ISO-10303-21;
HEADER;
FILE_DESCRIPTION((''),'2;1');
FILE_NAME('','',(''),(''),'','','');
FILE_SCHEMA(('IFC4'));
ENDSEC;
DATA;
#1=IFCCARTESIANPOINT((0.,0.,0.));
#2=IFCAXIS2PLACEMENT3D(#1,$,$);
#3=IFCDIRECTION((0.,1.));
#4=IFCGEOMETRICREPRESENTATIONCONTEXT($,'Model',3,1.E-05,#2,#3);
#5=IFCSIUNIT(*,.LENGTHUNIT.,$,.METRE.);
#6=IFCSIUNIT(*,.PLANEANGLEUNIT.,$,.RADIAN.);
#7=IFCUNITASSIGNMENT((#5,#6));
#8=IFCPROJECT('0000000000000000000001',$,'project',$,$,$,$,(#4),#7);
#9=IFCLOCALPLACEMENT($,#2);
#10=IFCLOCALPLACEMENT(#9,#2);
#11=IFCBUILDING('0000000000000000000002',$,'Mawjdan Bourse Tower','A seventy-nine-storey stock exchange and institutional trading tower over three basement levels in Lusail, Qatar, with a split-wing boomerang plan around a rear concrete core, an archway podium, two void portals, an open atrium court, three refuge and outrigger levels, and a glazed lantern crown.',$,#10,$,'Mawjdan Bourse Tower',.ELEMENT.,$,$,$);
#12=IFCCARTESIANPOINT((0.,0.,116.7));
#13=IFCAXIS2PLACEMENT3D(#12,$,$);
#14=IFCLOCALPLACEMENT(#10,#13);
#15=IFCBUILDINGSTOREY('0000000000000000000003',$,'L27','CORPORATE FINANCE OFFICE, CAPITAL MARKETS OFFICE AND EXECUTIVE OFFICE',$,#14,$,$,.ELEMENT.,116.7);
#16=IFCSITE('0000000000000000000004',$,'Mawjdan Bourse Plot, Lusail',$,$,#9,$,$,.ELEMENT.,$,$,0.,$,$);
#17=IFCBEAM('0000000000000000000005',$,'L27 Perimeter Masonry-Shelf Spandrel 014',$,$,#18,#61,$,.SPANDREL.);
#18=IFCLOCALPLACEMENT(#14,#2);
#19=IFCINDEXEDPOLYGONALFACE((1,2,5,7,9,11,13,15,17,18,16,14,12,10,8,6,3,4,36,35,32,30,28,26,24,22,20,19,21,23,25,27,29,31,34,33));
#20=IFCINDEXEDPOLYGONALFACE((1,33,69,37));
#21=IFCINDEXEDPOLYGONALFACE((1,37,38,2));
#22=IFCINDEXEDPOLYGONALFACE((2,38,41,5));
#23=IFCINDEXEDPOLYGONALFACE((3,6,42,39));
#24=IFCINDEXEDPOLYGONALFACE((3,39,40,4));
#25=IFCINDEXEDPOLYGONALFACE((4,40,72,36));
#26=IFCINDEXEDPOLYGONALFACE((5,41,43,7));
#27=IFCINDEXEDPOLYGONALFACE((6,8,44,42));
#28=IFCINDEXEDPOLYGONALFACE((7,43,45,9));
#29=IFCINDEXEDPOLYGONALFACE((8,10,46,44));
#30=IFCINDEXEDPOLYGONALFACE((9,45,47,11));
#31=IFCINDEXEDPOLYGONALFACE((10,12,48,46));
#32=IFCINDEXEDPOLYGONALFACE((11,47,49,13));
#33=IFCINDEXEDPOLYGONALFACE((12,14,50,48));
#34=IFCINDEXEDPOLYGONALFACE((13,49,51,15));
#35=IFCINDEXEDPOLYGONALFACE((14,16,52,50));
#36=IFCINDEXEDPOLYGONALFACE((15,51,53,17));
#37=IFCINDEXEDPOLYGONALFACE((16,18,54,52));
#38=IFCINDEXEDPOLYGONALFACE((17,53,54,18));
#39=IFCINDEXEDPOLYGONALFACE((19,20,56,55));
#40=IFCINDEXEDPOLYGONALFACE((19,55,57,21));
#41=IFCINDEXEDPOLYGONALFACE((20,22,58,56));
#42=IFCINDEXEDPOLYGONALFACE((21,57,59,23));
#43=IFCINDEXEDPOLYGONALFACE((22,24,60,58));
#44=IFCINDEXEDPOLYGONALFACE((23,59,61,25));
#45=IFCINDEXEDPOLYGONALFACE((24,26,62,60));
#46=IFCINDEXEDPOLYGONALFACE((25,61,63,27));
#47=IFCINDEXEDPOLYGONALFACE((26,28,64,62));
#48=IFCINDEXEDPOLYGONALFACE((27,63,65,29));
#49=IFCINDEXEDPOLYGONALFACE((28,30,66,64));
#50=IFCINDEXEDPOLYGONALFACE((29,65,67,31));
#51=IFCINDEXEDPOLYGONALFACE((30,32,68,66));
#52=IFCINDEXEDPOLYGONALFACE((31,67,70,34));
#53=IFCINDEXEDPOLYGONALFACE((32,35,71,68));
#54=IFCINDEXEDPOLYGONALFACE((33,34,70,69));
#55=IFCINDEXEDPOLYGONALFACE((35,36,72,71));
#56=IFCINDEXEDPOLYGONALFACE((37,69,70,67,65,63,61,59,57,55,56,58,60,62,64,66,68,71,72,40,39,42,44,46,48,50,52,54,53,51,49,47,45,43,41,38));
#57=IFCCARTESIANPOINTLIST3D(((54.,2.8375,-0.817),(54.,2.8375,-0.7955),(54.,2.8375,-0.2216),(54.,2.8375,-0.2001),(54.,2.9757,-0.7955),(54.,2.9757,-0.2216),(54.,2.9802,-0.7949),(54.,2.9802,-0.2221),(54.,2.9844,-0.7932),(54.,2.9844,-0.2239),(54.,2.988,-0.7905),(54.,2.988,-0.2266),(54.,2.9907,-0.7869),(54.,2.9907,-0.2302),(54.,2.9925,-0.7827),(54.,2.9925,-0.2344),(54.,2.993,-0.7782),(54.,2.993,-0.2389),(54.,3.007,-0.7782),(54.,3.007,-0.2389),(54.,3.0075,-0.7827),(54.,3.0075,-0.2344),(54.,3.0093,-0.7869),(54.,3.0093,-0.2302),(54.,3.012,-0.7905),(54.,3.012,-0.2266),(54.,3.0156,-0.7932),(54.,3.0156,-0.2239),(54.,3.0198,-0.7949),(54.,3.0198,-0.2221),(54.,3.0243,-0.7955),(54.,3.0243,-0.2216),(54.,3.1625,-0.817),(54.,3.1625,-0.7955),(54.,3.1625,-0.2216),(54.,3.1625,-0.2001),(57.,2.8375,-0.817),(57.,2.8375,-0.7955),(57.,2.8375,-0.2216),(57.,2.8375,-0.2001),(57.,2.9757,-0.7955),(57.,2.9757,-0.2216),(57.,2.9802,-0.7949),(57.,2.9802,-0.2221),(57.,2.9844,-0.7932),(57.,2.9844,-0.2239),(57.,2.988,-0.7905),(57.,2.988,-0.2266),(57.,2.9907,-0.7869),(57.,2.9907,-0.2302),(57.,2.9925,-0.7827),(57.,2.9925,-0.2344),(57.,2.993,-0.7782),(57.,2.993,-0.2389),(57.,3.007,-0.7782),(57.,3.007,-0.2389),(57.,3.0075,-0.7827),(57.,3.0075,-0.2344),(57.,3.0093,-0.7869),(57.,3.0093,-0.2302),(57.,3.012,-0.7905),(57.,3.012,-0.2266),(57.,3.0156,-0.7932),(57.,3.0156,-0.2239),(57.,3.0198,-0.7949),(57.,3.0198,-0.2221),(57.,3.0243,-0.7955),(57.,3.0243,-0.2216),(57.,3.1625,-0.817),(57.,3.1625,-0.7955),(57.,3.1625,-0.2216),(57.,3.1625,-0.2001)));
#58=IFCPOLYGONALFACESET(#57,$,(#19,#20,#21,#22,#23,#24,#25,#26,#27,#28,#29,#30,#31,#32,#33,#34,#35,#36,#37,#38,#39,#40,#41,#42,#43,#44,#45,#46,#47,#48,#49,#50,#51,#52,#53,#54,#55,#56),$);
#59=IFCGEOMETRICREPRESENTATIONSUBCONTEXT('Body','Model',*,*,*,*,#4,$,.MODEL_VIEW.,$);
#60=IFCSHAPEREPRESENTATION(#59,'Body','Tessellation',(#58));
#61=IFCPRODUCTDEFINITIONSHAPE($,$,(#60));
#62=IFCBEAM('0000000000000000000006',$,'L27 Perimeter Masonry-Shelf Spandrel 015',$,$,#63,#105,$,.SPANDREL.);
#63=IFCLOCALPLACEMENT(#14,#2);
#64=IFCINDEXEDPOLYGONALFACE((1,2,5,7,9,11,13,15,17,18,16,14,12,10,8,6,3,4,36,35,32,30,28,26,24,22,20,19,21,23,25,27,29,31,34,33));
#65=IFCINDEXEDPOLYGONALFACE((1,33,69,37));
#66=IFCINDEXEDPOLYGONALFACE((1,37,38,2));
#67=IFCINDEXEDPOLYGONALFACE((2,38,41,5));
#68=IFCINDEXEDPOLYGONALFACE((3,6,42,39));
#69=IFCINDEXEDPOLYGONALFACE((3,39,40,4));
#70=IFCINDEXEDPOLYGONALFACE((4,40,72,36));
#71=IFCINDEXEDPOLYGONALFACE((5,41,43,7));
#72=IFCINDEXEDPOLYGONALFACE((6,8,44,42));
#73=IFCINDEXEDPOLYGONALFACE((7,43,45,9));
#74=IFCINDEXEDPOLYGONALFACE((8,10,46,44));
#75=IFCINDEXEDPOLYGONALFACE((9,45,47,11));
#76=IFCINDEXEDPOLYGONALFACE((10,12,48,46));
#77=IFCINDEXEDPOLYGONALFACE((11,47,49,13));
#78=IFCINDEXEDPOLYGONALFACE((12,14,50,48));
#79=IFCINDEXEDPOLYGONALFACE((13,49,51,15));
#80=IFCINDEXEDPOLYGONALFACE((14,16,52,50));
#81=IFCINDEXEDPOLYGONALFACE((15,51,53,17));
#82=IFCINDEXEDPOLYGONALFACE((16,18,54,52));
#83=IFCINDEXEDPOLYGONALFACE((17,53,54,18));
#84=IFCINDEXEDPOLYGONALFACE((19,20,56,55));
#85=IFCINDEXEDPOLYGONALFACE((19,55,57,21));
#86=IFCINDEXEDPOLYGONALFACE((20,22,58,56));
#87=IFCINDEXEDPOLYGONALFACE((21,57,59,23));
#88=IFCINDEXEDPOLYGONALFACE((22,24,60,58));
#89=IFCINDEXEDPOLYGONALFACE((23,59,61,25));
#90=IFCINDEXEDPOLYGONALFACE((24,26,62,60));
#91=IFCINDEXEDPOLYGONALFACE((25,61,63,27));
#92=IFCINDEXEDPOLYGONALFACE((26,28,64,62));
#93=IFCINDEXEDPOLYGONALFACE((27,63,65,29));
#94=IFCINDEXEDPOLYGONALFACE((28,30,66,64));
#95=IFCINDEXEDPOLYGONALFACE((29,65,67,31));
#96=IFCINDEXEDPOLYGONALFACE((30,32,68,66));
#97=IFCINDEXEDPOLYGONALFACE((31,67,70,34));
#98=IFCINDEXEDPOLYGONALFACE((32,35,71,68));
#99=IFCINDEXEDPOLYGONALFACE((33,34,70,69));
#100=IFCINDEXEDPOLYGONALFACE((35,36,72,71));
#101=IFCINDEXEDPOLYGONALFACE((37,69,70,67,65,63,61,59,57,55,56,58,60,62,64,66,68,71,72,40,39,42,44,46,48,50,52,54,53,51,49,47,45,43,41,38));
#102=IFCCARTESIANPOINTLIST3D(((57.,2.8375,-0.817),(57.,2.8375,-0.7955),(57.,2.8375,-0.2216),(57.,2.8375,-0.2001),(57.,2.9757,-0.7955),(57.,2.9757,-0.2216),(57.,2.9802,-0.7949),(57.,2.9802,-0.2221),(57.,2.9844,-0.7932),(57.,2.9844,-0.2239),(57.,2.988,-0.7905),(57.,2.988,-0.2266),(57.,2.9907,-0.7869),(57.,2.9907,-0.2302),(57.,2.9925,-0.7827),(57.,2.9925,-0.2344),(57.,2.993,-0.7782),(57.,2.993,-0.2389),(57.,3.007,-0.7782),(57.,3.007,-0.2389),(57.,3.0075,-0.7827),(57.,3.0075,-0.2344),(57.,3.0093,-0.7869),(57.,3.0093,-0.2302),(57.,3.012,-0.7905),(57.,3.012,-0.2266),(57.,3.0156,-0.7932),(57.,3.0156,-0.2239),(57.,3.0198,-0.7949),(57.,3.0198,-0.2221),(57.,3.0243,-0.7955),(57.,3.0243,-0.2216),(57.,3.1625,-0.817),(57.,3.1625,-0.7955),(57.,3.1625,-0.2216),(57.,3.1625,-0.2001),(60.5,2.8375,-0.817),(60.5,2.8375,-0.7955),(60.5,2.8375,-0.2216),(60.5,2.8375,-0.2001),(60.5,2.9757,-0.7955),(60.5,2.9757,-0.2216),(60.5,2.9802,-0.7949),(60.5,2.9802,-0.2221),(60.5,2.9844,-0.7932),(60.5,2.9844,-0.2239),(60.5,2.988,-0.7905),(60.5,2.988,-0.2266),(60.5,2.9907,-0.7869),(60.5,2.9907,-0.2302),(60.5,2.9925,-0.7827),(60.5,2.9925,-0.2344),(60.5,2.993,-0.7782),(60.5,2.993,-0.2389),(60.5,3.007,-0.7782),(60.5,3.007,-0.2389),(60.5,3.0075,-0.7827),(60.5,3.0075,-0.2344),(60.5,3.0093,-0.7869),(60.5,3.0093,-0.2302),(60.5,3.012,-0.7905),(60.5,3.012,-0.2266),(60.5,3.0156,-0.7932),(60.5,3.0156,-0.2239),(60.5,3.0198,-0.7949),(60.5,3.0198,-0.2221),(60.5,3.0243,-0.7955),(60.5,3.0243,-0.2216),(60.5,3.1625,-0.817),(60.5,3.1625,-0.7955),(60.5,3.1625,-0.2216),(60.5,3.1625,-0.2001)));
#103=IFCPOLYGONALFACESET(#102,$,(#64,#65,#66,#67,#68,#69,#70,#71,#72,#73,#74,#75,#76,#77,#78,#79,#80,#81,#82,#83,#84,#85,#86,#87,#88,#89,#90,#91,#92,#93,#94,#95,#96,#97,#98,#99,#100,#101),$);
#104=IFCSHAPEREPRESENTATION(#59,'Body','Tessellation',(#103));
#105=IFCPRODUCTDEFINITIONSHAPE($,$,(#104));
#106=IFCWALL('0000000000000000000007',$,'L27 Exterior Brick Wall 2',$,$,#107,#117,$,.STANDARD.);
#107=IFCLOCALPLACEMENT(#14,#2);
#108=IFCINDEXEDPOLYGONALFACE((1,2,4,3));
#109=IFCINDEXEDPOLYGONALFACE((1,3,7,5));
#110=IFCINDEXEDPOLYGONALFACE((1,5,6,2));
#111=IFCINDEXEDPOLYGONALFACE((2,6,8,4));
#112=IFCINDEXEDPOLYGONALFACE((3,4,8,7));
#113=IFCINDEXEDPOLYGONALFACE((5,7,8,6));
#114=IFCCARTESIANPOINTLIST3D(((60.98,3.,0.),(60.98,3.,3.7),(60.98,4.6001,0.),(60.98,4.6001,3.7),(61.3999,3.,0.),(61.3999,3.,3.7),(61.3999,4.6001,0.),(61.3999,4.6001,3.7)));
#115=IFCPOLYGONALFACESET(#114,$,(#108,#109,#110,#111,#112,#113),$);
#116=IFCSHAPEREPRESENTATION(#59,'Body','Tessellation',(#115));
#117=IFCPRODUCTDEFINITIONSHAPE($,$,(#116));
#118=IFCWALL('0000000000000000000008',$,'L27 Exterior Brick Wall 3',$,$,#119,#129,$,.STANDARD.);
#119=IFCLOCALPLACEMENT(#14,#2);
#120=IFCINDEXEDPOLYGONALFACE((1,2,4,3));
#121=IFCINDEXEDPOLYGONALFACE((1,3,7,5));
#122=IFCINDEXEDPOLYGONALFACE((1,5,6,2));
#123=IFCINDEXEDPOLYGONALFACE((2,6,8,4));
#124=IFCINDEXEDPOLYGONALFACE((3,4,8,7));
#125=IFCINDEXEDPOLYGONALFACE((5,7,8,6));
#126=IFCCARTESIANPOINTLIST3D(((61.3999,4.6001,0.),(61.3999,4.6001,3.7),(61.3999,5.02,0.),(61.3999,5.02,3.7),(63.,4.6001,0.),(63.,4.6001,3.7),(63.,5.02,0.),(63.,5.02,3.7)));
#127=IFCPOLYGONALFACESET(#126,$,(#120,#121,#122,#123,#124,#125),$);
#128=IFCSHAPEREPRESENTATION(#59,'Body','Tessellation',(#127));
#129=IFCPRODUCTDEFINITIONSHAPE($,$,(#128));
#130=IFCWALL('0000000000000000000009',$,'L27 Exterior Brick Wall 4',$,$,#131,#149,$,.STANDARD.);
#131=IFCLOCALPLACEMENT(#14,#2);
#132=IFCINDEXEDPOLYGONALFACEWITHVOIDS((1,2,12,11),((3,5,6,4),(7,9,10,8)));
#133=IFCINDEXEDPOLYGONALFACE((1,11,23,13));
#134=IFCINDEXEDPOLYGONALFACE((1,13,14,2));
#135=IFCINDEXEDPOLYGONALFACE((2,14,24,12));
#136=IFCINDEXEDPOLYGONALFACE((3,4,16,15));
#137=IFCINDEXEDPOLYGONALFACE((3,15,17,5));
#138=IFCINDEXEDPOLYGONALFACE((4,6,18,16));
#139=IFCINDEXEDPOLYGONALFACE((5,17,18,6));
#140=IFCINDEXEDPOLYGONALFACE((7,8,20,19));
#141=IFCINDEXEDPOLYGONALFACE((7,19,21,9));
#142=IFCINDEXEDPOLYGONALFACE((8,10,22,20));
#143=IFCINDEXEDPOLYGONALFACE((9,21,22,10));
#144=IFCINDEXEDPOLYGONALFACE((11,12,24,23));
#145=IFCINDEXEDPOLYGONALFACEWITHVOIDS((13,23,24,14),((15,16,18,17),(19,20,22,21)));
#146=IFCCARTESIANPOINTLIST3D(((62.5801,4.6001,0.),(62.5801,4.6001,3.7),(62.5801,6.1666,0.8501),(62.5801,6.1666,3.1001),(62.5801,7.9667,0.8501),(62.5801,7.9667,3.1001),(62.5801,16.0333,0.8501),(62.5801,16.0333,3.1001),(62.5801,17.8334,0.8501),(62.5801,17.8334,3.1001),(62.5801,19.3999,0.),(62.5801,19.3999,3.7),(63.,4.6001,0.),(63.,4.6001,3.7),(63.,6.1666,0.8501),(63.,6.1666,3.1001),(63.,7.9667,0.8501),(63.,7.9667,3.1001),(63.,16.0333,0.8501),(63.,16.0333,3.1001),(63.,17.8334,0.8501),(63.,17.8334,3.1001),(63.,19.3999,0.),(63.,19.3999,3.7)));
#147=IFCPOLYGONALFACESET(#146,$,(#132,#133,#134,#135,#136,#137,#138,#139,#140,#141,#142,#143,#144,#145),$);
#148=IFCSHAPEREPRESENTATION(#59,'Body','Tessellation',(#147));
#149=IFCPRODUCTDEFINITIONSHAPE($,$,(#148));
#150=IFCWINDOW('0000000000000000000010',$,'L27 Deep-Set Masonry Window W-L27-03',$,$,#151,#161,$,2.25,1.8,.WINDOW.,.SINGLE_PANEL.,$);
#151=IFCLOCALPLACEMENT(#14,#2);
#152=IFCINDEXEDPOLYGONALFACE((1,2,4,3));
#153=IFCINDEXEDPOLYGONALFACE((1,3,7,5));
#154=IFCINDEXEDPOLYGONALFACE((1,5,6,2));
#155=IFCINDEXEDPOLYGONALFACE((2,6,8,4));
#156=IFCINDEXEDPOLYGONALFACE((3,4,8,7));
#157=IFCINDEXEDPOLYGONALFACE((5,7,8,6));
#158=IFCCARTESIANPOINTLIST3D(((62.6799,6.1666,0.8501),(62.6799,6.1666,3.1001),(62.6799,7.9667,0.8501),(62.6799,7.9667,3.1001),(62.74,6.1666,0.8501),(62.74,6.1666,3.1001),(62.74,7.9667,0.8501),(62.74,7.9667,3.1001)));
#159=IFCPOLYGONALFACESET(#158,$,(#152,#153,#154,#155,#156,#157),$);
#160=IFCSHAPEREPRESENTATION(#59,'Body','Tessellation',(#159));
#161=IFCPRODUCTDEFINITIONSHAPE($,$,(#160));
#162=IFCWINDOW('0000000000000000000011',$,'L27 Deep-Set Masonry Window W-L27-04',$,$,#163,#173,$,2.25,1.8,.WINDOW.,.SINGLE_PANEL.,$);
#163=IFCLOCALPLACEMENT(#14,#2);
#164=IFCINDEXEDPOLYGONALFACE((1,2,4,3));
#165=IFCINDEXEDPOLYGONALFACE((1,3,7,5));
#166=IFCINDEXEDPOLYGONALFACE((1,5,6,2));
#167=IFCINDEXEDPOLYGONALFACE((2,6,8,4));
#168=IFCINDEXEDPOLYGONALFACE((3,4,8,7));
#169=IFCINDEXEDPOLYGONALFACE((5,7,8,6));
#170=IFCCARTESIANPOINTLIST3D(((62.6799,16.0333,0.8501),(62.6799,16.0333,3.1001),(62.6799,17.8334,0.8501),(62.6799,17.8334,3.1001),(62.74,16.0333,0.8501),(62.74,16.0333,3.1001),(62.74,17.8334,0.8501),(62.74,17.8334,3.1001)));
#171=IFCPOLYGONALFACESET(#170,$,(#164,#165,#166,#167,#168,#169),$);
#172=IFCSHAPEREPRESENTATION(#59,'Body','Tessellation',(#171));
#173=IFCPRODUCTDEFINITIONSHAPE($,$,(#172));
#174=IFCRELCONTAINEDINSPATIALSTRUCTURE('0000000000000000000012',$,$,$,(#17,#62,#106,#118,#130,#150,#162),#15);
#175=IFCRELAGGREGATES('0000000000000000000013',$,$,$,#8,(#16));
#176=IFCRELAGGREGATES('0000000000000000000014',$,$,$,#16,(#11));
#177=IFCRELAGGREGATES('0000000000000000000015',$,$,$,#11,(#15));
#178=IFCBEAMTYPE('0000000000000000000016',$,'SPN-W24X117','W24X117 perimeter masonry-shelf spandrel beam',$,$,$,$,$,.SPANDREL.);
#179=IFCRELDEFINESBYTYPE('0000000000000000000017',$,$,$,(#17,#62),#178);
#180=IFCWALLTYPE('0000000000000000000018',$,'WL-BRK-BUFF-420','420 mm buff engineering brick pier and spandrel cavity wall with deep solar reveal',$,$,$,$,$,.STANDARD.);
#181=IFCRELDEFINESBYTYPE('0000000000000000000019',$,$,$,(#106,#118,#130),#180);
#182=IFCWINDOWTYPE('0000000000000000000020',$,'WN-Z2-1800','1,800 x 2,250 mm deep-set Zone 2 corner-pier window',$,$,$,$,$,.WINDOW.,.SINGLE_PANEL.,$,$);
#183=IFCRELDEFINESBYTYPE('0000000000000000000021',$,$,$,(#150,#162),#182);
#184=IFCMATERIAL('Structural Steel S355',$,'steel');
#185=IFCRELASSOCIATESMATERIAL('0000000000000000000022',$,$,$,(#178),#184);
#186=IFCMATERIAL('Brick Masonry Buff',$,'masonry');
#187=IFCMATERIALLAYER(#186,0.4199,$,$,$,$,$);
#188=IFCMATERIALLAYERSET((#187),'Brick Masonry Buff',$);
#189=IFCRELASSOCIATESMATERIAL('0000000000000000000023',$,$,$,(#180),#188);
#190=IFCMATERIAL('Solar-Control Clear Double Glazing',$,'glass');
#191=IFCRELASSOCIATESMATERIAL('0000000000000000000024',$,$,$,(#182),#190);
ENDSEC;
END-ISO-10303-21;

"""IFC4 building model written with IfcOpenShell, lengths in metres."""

from ifc_helpers import new_model, si_unit, direction, frame, frame_2d, origin, origin_2d, place, context, subcontext, project, spatial, rectangle, i_section, extrude, material, layer, layer_set, material_profile, profile_set, type_object, element, fill, save


model = new_model("IFC4")

# Units and contexts
model_context = context("Model", 3, precision=1e-05, world=origin(), true_north=direction((0.0, 1.0)))
body_context = subcontext(model_context, "Body", "Model", "MODEL_VIEW")
ifc_project = project(units=[si_unit("LENGTHUNIT", "METRE"), si_unit("PLANEANGLEUNIT", "RADIAN")], contexts=[model_context])

# Site, building, storey
site_placement = place(None, origin())
site = spatial("IfcSite", under=ifc_project, at=site_placement, Name="Mawjdan Bourse Plot, Lusail", CompositionType="ELEMENT", RefElevation=0.0)
building_placement = place(site_placement, origin())
building = spatial("IfcBuilding", under=site, at=building_placement, Name="Mawjdan Bourse Tower", Description="A seventy-nine-storey stock exchange and institutional trading tower over three basement levels in Lusail, Qatar, with a split-wing boomerang plan around a rear concrete core, an archway podium, two void portals, an open atrium court, three refuge and outrigger levels, and a glazed lantern crown.", LongName="Mawjdan Bourse Tower", CompositionType="ELEMENT")
storey_placement = place(building_placement, frame((0.0, 0.0, 116.7)))
storey = spatial("IfcBuildingStorey", under=building, at=storey_placement, Name="L27", Description="CORPORATE FINANCE OFFICE, CAPITAL MARKETS OFFICE AND EXECUTIVE OFFICE", CompositionType="ELEMENT", Elevation=116.7)

# Beams
ifc_material_1 = material(Name="Structural Steel S355", Category="steel")
ifc_material_profile_1 = material_profile(ifc_material_1, i_section(OverallWidth=0.325, OverallDepth=0.6169, WebThickness=0.0139, FlangeThickness=0.0215, FilletRadius=0.0173, at=origin_2d()), Name="W24X117")
ifc_profile_set_1 = profile_set([ifc_material_profile_1], Name="Structural Steel S355")
beam_type_1 = type_object("IfcBeamType", Name="SPN-W24X117", Description="W24X117 perimeter masonry-shelf spandrel beam", PredefinedType="SPANDREL", material=ifc_profile_set_1)
for number, where, z_axis, x_axis, name in (
    (1, (54.0, 3.0, -0.5085), (1.0, 0.0, 0.0), (0.0, 1.0, 0.0), "L27 Perimeter Masonry-Shelf Spandrel 014"),
):
    element("IfcBeam", number, at=place(storey_placement, frame(where, z_axis=z_axis, x_axis=x_axis)), inside=storey, type_object=beam_type_1, Name=name, PredefinedType="SPANDREL", context=body_context, shape_type="SweptSolid", body=[
        extrude(i_section(OverallWidth=0.325, OverallDepth=0.6169, WebThickness=0.0139, FlangeThickness=0.0215, FilletRadius=0.0173, at=origin_2d()), origin(), (0.0, 0.0, 1.0), 3.0),
    ])
beam_1_placement = place(storey_placement, frame((57.0, 3.0, -0.5085), z_axis=(1.0, 0.0, 0.0), x_axis=(0.0, 1.0, 0.0)))
element("IfcBeam", 2, at=beam_1_placement, inside=storey, type_object=beam_type_1, Name="L27 Perimeter Masonry-Shelf Spandrel 015", PredefinedType="SPANDREL", context=body_context, shape_type="SweptSolid", body=[
    extrude(i_section(OverallWidth=0.325, OverallDepth=0.6169, WebThickness=0.0139, FlangeThickness=0.0215, FilletRadius=0.0173, at=origin_2d()), origin(), (0.0, 0.0, 1.0), 3.5),
])

# Walls
ifc_material_2 = material(Name="Brick Masonry Buff", Category="masonry")
ifc_layer_1 = layer(ifc_material_2, 0.4199)
ifc_layer_set_1 = layer_set([ifc_layer_1], Name="Brick Masonry Buff")
wall_type_1 = type_object("IfcWallType", Name="WL-BRK-BUFF-420", Description="420 mm buff engineering brick pier and spandrel cavity wall with deep solar reveal", PredefinedType="STANDARD", material=ifc_layer_set_1)
for number, where, z_axis, x_axis, name in (
    (3, (61.1899, 3.0, 0.0), (0.0, 0.0, 1.0), (0.0, 1.0, 0.0), "L27 Exterior Brick Wall 2"),
    (4, (61.3999, 4.8101, 0.0), (0.0, 0.0, 1.0), (1.0, 0.0, 0.0), "L27 Exterior Brick Wall 3"),
):
    element("IfcWall", number, at=place(storey_placement, frame(where, z_axis=z_axis, x_axis=x_axis)), inside=storey, type_object=wall_type_1, Name=name, PredefinedType="STANDARD", context=body_context, shape_type="SweptSolid", body=[
        extrude(rectangle(XDim=1.6001, YDim=0.4199, at=frame_2d((0.8, 0.0))), origin(), (0.0, 0.0, 1.0), 3.7),
    ])

# Wall, openings, windows
wall_1_placement = place(storey_placement, frame((62.79, 4.6001, 0.0), z_axis=(0.0, 0.0, 1.0), x_axis=(0.0, 1.0, 0.0)))
wall_1 = element("IfcWall", 5, at=wall_1_placement, inside=storey, type_object=wall_type_1, Name="L27 Exterior Brick Wall 4", PredefinedType="STANDARD", context=body_context, shape_type="SweptSolid", body=[
    extrude(rectangle(XDim=14.7998, YDim=0.4199, at=frame_2d((7.3999, 0.0))), origin(), (0.0, 0.0, 1.0), 3.7),
])
opening_1_placement = place(wall_1_placement, frame((1.5667, 0.0, 0.8501)))
opening_1 = element("IfcOpeningElement", 6, at=opening_1_placement, cuts=wall_1, PredefinedType="OPENING", context=body_context, shape_type="SweptSolid", body=[
    extrude(rectangle(XDim=1.8, YDim=2.25, at=frame_2d((0.8999, 1.125))), frame((0.0, 0.22, 0.0), z_axis=(0.0, -1.0, 0.0), x_axis=(1.0, 0.0, 0.0)), (0.0, 0.0, 1.0), 0.4399),
])
opening_2_placement = place(wall_1_placement, frame((11.4333, 0.0, 0.8501)))
opening_2 = element("IfcOpeningElement", 7, at=opening_2_placement, cuts=wall_1, PredefinedType="OPENING", context=body_context, shape_type="SweptSolid", body=[
    extrude(rectangle(XDim=1.8, YDim=2.25, at=frame_2d((0.8999, 1.125))), frame((0.0, 0.22, 0.0), z_axis=(0.0, -1.0, 0.0), x_axis=(1.0, 0.0, 0.0)), (0.0, 0.0, 1.0), 0.4399),
])
ifc_material_3 = material(Name="Solar-Control Clear Double Glazing", Category="glass")
window_type = type_object("IfcWindowType", Name="WN-Z2-1800", Description="1,800 x 2,250 mm deep-set Zone 2 corner-pier window", PartitioningType="SINGLE_PANEL", PredefinedType="WINDOW", material=ifc_material_3)
window_1_placement = place(opening_1_placement, origin())
window_1 = element("IfcWindow", 8, at=window_1_placement, inside=storey, type_object=window_type, Name="L27 Deep-Set Masonry Window W-L27-03", OverallHeight=2.25, OverallWidth=1.8, PartitioningType="SINGLE_PANEL", PredefinedType="WINDOW", context=body_context, shape_type="SweptSolid", body=[
    extrude(rectangle(XDim=1.8, YDim=2.25, at=frame_2d((0.8999, 1.125))), frame((0.0, 0.1101, 0.0), z_axis=(0.0, -1.0, 0.0), x_axis=(1.0, 0.0, 0.0)), (0.0, 0.0, 1.0), 0.0601),
])
fill(opening_1, window_1)
window_2_placement = place(opening_2_placement, origin())
window_2 = element("IfcWindow", 9, at=window_2_placement, inside=storey, type_object=window_type, Name="L27 Deep-Set Masonry Window W-L27-04", OverallHeight=2.25, OverallWidth=1.8, PartitioningType="SINGLE_PANEL", PredefinedType="WINDOW", context=body_context, shape_type="SweptSolid", body=[
    extrude(rectangle(XDim=1.8, YDim=2.25, at=frame_2d((0.8999, 1.125))), frame((0.0, 0.1101, 0.0), z_axis=(0.0, -1.0, 0.0), x_axis=(1.0, 0.0, 0.0)), (0.0, 0.0, 1.0), 0.0601),
])
fill(opening_2, window_2)

save(model, "model.ifc")
